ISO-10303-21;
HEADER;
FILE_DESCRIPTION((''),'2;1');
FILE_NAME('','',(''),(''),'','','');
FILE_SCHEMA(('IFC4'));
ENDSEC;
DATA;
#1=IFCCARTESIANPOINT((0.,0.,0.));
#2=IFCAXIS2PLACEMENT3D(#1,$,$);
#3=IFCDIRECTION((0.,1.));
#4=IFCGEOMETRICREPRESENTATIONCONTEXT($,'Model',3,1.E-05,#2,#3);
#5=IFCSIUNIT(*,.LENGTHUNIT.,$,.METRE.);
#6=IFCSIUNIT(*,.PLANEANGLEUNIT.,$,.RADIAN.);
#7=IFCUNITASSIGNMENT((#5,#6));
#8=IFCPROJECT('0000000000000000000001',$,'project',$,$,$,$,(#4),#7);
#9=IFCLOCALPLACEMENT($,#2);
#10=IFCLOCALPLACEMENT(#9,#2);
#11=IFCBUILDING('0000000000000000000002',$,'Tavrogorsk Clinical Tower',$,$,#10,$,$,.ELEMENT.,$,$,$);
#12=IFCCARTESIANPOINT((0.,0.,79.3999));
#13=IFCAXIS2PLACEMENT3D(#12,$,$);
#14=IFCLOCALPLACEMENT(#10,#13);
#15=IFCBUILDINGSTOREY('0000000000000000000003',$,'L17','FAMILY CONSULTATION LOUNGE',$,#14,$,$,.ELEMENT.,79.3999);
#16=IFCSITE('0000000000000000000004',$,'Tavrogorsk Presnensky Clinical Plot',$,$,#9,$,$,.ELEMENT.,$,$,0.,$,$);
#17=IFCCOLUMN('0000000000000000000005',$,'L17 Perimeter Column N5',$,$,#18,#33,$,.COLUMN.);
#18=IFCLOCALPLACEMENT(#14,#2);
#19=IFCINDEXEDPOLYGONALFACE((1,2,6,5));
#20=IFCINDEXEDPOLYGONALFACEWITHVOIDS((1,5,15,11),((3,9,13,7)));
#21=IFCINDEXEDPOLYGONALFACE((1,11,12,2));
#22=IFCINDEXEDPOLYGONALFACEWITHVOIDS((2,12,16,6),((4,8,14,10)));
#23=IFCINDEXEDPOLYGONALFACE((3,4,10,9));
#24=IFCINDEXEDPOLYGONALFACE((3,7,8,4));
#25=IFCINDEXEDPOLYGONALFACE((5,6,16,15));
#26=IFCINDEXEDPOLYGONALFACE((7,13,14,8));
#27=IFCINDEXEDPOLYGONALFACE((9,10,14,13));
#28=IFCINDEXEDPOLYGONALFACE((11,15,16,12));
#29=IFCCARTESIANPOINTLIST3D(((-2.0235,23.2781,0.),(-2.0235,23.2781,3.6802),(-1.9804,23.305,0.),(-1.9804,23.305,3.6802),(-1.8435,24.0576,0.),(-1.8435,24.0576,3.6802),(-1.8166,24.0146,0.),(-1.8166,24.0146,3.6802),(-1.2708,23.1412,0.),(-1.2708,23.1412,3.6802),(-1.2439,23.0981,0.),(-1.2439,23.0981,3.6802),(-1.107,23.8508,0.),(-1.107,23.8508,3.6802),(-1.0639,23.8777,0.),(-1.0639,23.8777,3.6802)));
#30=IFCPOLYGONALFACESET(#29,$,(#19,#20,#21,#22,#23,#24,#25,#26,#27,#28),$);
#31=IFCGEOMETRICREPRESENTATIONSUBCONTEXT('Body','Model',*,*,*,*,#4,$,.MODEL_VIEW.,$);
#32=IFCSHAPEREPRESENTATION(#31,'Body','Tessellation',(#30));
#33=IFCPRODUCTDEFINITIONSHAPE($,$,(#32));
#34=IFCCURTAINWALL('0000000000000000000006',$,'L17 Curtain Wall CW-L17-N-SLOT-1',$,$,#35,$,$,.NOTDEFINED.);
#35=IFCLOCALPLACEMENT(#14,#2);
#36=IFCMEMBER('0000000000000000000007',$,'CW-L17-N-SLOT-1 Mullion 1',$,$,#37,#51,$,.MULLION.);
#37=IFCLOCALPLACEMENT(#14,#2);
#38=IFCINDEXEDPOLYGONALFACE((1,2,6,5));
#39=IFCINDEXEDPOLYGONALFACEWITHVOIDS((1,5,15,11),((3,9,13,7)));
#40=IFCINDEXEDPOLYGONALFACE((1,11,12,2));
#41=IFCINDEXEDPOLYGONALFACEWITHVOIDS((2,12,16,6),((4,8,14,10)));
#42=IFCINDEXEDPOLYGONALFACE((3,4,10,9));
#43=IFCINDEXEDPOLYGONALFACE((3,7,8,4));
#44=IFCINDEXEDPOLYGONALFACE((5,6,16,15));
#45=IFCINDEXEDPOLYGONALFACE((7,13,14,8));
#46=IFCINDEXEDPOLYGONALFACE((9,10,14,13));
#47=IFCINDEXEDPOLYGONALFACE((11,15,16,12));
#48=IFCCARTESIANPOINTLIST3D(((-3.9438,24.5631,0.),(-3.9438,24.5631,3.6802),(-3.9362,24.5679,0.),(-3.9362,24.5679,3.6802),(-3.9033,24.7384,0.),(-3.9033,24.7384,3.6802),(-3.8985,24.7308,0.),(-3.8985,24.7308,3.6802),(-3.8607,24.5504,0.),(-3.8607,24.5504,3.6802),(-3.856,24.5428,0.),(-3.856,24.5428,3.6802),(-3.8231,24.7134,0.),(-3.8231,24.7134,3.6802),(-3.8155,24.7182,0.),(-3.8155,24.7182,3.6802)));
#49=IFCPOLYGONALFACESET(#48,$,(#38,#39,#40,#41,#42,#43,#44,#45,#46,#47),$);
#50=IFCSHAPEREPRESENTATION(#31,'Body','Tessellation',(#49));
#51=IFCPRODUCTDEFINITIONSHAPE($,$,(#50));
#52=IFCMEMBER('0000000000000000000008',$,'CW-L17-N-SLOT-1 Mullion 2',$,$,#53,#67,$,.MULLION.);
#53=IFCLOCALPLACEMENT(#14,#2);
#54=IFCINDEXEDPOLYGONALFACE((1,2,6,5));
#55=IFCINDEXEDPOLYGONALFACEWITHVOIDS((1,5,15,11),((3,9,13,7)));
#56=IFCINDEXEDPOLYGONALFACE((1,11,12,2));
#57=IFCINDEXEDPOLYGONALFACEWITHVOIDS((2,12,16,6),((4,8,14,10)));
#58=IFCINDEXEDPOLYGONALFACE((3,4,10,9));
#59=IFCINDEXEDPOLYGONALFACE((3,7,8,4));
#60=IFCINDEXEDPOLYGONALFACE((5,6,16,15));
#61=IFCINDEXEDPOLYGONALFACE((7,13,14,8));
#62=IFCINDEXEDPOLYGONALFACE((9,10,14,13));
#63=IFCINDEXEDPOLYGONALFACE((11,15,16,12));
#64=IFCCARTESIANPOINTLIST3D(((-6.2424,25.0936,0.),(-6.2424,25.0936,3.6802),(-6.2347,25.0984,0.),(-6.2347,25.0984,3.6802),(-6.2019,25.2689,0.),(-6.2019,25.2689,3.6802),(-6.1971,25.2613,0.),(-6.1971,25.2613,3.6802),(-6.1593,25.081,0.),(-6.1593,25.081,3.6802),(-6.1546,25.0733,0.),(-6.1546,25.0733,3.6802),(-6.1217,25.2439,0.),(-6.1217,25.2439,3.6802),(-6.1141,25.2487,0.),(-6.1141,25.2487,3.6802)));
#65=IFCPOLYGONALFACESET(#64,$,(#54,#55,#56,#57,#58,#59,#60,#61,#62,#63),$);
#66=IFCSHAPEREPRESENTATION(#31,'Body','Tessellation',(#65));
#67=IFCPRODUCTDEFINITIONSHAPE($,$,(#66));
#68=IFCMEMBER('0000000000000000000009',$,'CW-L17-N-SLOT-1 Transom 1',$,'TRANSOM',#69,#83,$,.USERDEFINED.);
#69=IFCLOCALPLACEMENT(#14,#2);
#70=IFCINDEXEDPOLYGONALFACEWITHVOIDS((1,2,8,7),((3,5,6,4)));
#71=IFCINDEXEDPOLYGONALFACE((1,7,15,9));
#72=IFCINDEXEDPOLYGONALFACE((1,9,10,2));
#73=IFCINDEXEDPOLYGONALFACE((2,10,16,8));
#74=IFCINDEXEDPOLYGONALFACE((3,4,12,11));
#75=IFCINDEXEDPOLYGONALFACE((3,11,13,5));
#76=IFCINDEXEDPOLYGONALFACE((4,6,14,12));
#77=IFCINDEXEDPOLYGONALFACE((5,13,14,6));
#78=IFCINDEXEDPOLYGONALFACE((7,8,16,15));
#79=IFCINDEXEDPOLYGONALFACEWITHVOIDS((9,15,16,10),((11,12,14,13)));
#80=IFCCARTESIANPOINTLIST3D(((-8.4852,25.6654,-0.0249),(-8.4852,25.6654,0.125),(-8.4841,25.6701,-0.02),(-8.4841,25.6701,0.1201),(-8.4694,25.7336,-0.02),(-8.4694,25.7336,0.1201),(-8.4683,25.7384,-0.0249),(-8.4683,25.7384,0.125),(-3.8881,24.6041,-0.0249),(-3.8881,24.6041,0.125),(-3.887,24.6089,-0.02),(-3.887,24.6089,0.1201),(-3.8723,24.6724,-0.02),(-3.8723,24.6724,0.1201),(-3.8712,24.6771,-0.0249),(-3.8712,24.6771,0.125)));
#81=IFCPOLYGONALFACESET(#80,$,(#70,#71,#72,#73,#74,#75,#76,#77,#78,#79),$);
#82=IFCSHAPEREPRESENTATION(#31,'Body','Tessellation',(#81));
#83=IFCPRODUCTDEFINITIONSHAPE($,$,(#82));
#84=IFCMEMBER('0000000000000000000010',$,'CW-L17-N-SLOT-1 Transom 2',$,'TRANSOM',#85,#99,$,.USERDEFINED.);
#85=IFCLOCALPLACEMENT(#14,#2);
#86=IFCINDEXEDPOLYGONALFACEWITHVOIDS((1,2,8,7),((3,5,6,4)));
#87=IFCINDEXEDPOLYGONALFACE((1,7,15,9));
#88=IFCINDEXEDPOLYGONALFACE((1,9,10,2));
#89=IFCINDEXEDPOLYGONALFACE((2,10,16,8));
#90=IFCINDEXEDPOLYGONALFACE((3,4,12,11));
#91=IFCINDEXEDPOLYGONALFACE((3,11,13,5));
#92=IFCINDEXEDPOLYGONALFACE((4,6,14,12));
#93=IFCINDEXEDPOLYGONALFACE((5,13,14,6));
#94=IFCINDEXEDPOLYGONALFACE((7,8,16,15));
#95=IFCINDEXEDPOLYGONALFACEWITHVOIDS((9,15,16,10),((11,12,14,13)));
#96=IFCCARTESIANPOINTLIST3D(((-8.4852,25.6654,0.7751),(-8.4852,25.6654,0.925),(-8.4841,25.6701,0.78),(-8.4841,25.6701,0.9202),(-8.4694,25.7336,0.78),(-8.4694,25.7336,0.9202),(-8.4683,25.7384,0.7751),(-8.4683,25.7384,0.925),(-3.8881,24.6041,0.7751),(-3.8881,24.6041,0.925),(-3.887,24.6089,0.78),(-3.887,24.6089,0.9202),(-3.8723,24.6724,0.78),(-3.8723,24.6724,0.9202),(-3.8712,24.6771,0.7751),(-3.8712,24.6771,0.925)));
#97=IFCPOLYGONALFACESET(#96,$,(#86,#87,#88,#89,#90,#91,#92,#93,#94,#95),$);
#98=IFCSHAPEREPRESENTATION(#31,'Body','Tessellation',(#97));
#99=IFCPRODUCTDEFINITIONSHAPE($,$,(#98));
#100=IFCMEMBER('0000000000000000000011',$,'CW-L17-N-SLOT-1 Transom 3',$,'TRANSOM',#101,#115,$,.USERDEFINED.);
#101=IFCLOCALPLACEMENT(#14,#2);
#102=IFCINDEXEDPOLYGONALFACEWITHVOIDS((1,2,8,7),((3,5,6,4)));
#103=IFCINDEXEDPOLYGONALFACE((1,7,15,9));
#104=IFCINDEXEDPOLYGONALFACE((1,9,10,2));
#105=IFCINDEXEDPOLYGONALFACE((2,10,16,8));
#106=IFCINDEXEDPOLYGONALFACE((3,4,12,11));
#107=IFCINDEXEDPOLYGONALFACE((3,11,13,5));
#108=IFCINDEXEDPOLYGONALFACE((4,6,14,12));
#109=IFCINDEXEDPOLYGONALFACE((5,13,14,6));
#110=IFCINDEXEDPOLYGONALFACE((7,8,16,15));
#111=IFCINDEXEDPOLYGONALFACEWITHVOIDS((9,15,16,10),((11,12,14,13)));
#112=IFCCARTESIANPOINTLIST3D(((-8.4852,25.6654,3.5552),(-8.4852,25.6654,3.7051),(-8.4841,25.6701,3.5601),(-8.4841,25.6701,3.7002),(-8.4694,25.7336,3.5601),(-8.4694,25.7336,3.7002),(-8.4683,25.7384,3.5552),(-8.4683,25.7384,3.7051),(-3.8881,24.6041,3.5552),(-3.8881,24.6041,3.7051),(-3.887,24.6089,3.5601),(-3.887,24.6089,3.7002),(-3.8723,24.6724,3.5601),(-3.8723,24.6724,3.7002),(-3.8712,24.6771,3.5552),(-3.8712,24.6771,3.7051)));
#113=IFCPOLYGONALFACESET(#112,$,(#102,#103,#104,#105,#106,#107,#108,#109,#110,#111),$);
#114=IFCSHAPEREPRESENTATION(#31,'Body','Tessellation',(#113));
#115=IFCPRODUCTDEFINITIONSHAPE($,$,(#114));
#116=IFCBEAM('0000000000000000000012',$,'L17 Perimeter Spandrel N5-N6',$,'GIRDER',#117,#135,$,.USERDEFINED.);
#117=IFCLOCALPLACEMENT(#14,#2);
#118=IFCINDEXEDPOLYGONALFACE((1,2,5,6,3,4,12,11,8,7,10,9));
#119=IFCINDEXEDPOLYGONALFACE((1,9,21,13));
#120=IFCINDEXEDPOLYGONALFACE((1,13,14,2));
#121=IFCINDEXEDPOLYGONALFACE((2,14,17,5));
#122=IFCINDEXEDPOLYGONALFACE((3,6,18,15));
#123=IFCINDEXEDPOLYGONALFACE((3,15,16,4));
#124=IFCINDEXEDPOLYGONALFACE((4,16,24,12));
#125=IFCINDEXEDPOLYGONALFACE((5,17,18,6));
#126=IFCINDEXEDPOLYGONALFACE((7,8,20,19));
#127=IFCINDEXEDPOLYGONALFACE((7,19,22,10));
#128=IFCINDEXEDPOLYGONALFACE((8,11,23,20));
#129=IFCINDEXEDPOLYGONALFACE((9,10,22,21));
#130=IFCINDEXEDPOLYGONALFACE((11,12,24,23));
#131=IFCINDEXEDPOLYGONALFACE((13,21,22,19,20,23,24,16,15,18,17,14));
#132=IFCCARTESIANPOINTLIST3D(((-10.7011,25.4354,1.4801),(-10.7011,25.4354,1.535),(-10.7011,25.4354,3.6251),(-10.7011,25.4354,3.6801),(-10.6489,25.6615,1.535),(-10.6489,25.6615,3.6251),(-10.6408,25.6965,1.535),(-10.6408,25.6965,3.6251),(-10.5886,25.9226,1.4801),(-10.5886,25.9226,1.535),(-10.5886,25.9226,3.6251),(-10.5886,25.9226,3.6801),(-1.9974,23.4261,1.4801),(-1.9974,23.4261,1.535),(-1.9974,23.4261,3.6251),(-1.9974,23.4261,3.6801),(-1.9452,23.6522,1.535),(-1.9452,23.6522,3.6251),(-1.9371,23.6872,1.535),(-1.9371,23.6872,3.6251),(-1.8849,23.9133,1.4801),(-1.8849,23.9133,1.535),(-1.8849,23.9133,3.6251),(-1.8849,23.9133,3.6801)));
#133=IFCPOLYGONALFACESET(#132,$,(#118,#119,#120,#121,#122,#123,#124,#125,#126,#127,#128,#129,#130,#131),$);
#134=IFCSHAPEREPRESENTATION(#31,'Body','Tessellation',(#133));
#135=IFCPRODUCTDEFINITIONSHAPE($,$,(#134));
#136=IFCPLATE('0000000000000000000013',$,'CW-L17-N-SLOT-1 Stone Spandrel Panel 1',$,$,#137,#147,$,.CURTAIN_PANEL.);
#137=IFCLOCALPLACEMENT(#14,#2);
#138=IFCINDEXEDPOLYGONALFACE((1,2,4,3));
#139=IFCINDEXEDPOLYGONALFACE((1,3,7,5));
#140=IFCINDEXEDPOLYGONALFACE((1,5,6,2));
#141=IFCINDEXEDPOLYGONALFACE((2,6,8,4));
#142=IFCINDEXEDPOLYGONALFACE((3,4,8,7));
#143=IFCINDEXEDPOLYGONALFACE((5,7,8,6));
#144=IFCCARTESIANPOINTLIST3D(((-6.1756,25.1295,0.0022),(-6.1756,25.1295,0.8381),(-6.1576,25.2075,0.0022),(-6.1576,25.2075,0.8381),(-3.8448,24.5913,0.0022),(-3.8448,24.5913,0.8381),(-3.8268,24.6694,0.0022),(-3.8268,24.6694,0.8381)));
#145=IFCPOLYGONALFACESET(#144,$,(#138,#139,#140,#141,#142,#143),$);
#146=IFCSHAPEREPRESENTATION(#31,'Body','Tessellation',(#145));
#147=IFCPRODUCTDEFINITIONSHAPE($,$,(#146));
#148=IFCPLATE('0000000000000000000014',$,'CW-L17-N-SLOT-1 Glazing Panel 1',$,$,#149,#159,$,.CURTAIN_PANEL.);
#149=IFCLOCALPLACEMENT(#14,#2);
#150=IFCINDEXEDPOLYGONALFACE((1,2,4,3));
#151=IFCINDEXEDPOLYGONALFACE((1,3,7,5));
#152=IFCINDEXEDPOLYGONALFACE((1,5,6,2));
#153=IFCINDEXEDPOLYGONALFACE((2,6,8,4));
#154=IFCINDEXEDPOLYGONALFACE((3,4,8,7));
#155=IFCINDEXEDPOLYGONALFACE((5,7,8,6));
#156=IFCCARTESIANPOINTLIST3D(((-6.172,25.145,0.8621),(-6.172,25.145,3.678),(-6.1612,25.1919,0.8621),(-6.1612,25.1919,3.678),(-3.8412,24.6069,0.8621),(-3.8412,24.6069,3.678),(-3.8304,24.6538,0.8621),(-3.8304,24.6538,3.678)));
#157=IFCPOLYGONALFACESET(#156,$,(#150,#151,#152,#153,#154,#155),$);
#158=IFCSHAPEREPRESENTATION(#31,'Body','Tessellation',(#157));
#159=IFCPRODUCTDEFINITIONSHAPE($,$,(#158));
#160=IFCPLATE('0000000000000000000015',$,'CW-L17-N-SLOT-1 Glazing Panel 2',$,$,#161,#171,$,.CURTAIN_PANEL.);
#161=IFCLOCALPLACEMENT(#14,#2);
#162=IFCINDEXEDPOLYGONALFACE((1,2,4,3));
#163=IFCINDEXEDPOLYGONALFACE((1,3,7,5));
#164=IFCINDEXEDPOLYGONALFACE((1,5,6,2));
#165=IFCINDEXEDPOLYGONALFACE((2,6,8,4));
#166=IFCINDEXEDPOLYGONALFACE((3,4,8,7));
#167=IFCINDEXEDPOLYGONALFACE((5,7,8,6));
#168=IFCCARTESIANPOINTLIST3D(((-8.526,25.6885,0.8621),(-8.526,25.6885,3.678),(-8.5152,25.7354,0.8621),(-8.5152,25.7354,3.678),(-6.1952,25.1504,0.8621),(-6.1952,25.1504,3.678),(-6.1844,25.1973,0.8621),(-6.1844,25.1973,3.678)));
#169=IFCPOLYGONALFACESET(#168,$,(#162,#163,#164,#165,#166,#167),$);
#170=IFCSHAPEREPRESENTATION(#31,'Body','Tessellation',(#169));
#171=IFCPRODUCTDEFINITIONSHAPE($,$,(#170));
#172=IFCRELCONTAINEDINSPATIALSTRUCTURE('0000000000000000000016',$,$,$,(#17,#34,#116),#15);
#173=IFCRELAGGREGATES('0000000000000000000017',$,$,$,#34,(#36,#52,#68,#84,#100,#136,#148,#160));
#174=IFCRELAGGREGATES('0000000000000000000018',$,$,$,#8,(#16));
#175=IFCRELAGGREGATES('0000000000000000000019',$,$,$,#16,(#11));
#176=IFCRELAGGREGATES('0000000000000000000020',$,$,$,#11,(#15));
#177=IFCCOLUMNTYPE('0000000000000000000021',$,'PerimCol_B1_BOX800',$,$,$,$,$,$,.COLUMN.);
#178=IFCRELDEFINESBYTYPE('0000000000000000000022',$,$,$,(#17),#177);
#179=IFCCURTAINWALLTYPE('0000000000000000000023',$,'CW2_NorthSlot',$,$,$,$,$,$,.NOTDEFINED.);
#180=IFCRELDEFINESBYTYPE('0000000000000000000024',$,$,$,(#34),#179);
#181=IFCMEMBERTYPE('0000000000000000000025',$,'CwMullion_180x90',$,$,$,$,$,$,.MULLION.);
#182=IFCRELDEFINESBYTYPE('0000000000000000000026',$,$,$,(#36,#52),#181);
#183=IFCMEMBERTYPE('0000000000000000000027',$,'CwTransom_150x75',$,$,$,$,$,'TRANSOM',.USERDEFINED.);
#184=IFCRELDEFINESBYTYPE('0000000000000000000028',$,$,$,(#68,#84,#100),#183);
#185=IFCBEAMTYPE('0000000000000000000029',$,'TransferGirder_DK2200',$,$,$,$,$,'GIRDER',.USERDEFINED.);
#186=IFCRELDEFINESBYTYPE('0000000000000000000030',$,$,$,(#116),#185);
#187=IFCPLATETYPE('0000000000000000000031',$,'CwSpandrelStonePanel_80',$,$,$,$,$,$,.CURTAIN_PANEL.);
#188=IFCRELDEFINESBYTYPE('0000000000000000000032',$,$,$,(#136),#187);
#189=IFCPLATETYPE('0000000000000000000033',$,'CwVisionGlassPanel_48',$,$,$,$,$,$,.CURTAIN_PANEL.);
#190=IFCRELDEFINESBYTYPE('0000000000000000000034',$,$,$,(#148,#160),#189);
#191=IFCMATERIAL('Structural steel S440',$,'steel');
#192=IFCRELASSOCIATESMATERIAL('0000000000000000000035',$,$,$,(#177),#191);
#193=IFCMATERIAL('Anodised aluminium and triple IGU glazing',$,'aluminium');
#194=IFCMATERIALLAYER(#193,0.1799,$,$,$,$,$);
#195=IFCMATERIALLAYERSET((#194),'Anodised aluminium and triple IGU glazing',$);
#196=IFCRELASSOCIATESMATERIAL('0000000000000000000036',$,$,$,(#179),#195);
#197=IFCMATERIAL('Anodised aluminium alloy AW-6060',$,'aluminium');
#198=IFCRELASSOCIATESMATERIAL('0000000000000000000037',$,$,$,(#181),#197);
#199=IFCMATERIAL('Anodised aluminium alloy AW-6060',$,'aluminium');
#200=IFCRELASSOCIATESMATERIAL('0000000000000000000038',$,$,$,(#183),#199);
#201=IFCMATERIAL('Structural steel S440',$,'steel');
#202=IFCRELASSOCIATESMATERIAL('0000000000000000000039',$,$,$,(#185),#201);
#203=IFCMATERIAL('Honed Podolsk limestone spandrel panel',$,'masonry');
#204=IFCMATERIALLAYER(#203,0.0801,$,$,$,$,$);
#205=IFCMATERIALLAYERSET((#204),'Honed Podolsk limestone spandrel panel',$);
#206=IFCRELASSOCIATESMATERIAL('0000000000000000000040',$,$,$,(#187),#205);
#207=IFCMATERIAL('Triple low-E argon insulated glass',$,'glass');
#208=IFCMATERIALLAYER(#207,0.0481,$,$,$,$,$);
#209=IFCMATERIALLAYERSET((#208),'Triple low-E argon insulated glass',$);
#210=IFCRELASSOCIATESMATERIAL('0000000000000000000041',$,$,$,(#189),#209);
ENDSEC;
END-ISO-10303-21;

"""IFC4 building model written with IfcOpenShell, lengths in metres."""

from ifc_helpers import new_model, si_unit, direction, frame, origin, origin_2d, place, context, subcontext, project, spatial, rectangle, hollow_rectangle, i_section, extrude, material, layer, layer_set, material_profile, profile_set, type_object, element, aggregate, save


model = new_model("IFC4")

# Units and contexts
model_context = context("Model", 3, precision=1e-05, world=origin(), true_north=direction((0.0, 1.0)))
body_context = subcontext(model_context, "Body", "Model", "MODEL_VIEW")
ifc_project = project(units=[si_unit("LENGTHUNIT", "METRE"), si_unit("PLANEANGLEUNIT", "RADIAN")], contexts=[model_context])

# Site, building, storey
site_placement = place(None, origin())
site = spatial("IfcSite", under=ifc_project, at=site_placement, Name="Tavrogorsk Presnensky Clinical Plot", CompositionType="ELEMENT", RefElevation=0.0)
building_placement = place(site_placement, origin())
building = spatial("IfcBuilding", under=site, at=building_placement, Name="Tavrogorsk Clinical Tower", CompositionType="ELEMENT")
storey_placement = place(building_placement, frame((0.0, 0.0, 79.3999)))
storey = spatial("IfcBuildingStorey", under=building, at=storey_placement, Name="L17", Description="FAMILY CONSULTATION LOUNGE", CompositionType="ELEMENT", Elevation=79.3999)

# Column
ifc_material_1 = material(Name="Structural steel S440", Category="steel")
ifc_material_profile_1 = material_profile(ifc_material_1, hollow_rectangle(XDim=0.8, YDim=0.8, WallThickness=0.0359, at=origin_2d()), Name="BOX-800x800x36")
ifc_profile_set_1 = profile_set([ifc_material_profile_1], Name="Structural steel S440")
column_type = type_object("IfcColumnType", Name="PerimCol_B1_BOX800", PredefinedType="COLUMN", material=ifc_profile_set_1)
column_placement = place(storey_placement, frame((-1.5437, 23.5779, 0.0), z_axis=(0.0, 0.0, 1.0), x_axis=(0.97437, -0.224951, 0.0)))
element("IfcColumn", 1, at=column_placement, inside=storey, type_object=column_type, Name="L17 Perimeter Column N5", PredefinedType="COLUMN", context=body_context, shape_type="SweptSolid", body=[
    extrude(hollow_rectangle(XDim=0.8, YDim=0.8, WallThickness=0.0359, at=origin_2d()), origin(), (0.0, 0.0, 1.0), 3.6802),
])

# Curtain wall, members
ifc_material_2 = material(Name="Anodised aluminium and triple IGU glazing", Category="aluminium")
ifc_layer_1 = layer(ifc_material_2, 0.1799)
ifc_layer_set_1 = layer_set([ifc_layer_1], Name="Anodised aluminium and triple IGU glazing")
curtain_wall_type = type_object("IfcCurtainWallType", Name="CW2_NorthSlot", PredefinedType="NOTDEFINED", material=ifc_layer_set_1)
curtain_wall_placement = place(storey_placement, origin())
curtain_wall = element("IfcCurtainWall", 2, at=curtain_wall_placement, inside=storey, type_object=curtain_wall_type, Name="L17 Curtain Wall CW-L17-N-SLOT-1", PredefinedType="NOTDEFINED")
ifc_material_3 = material(Name="Anodised aluminium alloy AW-6060", Category="aluminium")
ifc_material_profile_2 = material_profile(ifc_material_3, hollow_rectangle(XDim=0.0901, YDim=0.1799, WallThickness=0.0063, at=origin_2d()), Name="RHS-180x90x6.3")
ifc_profile_set_2 = profile_set([ifc_material_profile_2], Name="Anodised aluminium alloy AW-6060")
member_type_1 = type_object("IfcMemberType", Name="CwMullion_180x90", PredefinedType="MULLION", material=ifc_profile_set_2)
member_1_placement = place(storey_placement, frame((-3.8796, 24.6406, 0.0), z_axis=(0.0, 0.0, 1.0), x_axis=(-0.97437, 0.224951, 0.0)))
member_1 = element("IfcMember", 3, at=member_1_placement, type_object=member_type_1, Name="CW-L17-N-SLOT-1 Mullion 1", PredefinedType="MULLION", context=body_context, shape_type="SweptSolid", body=[
    extrude(hollow_rectangle(XDim=0.0901, YDim=0.1799, WallThickness=0.0063, at=origin_2d()), origin(), (0.0, 0.0, 1.0), 3.6802),
])
member_2_placement = place(storey_placement, frame((-6.1782, 25.1711, 0.0), z_axis=(0.0, 0.0, 1.0), x_axis=(-0.97437, 0.224951, 0.0)))
member_2 = element("IfcMember", 4, at=member_2_placement, type_object=member_type_1, Name="CW-L17-N-SLOT-1 Mullion 2", PredefinedType="MULLION", context=body_context, shape_type="SweptSolid", body=[
    extrude(hollow_rectangle(XDim=0.0901, YDim=0.1799, WallThickness=0.0063, at=origin_2d()), origin(), (0.0, 0.0, 1.0), 3.6802),
])
ifc_material_4 = material(Name="Anodised aluminium alloy AW-6060", Category="aluminium")
ifc_material_profile_3 = material_profile(ifc_material_4, hollow_rectangle(XDim=0.075, YDim=0.1499, WallThickness=0.0049, at=origin_2d()), Name="RHS-150x75x5")
ifc_profile_set_3 = profile_set([ifc_material_profile_3], Name="Anodised aluminium alloy AW-6060")
member_type_2 = type_object("IfcMemberType", Name="CwTransom_150x75", ElementType="TRANSOM", PredefinedType="USERDEFINED", material=ifc_profile_set_3)
member_3_placement = place(storey_placement, frame((-3.8796, 24.6406, 0.05), z_axis=(-0.974373, 0.224939, 0.0), x_axis=(-0.224939, -0.974373, 0.0)))
member_3 = element("IfcMember", 5, at=member_3_placement, type_object=member_type_2, Name="CW-L17-N-SLOT-1 Transom 1", ObjectType="TRANSOM", PredefinedType="USERDEFINED", context=body_context, shape_type="SweptSolid", body=[
    extrude(hollow_rectangle(XDim=0.075, YDim=0.1499, WallThickness=0.0049, at=origin_2d()), origin(), (0.0, 0.0, 1.0), 4.718),
])
member_4_placement = place(storey_placement, frame((-3.8796, 24.6406, 0.8501), z_axis=(-0.974373, 0.224939, 0.0), x_axis=(-0.224939, -0.974373, 0.0)))
member_4 = element("IfcMember", 6, at=member_4_placement, type_object=member_type_2, Name="CW-L17-N-SLOT-1 Transom 2", ObjectType="TRANSOM", PredefinedType="USERDEFINED", context=body_context, shape_type="SweptSolid", body=[
    extrude(hollow_rectangle(XDim=0.075, YDim=0.1499, WallThickness=0.0049, at=origin_2d()), origin(), (0.0, 0.0, 1.0), 4.718),
])
member_5_placement = place(storey_placement, frame((-3.8796, 24.6406, 3.6301), z_axis=(-0.974373, 0.224939, 0.0), x_axis=(-0.224939, -0.974373, 0.0)))
member_5 = element("IfcMember", 7, at=member_5_placement, type_object=member_type_2, Name="CW-L17-N-SLOT-1 Transom 3", ObjectType="TRANSOM", PredefinedType="USERDEFINED", context=body_context, shape_type="SweptSolid", body=[
    extrude(hollow_rectangle(XDim=0.075, YDim=0.1499, WallThickness=0.0049, at=origin_2d()), origin(), (0.0, 0.0, 1.0), 4.718),
])

# Beam
ifc_material_5 = material(Name="Structural steel S440", Category="steel")
ifc_material_profile_4 = material_profile(ifc_material_5, i_section(OverallWidth=0.5, OverallDepth=2.2, WebThickness=0.0359, FlangeThickness=0.0549, at=origin_2d()), Name="DK-2200x500x36x55")
ifc_profile_set_4 = profile_set([ifc_material_profile_4], Name="Structural steel S440")
beam_type = type_object("IfcBeamType", Name="TransferGirder_DK2200", ElementType="GIRDER", PredefinedType="USERDEFINED", material=ifc_profile_set_4)
beam_placement = place(storey_placement, frame((-1.9412, 23.6697, 2.5801), z_axis=(-0.974373, 0.224939, 0.0), x_axis=(-0.224939, -0.974373, 0.0)))
element("IfcBeam", 8, at=beam_placement, inside=storey, type_object=beam_type, Name="L17 Perimeter Spandrel N5-N6", ObjectType="GIRDER", PredefinedType="USERDEFINED", context=body_context, shape_type="SweptSolid", body=[
    extrude(i_section(OverallWidth=0.5, OverallDepth=2.2, WebThickness=0.0359, FlangeThickness=0.0549, at=origin_2d()), origin(), (0.0, 0.0, 1.0), 8.9326),
])

# Plates
ifc_material_6 = material(Name="Honed Podolsk limestone spandrel panel", Category="masonry")
ifc_layer_2 = layer(ifc_material_6, 0.0801)
ifc_layer_set_2 = layer_set([ifc_layer_2], Name="Honed Podolsk limestone spandrel panel")
plate_type_1 = type_object("IfcPlateType", Name="CwSpandrelStonePanel_80", PredefinedType="CURTAIN_PANEL", material=ifc_layer_set_2)
plate_1_placement = place(storey_placement, frame((-5.0012, 24.8994, 0.0022), z_axis=(0.0, 0.0, 1.0), x_axis=(-0.97437, 0.224951, 0.0)))
plate_1 = element("IfcPlate", 9, at=plate_1_placement, type_object=plate_type_1, Name="CW-L17-N-SLOT-1 Stone Spandrel Panel 1", PredefinedType="CURTAIN_PANEL", context=body_context, shape_type="SweptSolid", body=[
    extrude(rectangle(XDim=2.3921, YDim=0.0801, at=origin_2d()), origin(), (0.0, 0.0, 1.0), 0.8359),
])
ifc_material_7 = material(Name="Triple low-E argon insulated glass", Category="glass")
ifc_layer_3 = layer(ifc_material_7, 0.0481)
ifc_layer_set_3 = layer_set([ifc_layer_3], Name="Triple low-E argon insulated glass")
plate_type_2 = type_object("IfcPlateType", Name="CwVisionGlassPanel_48", PredefinedType="CURTAIN_PANEL", material=ifc_layer_set_3)
plate_2_placement = place(storey_placement, frame((-5.0012, 24.8994, 0.8621), z_axis=(0.0, 0.0, 1.0), x_axis=(-0.97437, 0.224951, 0.0)))
plate_2 = element("IfcPlate", 10, at=plate_2_placement, type_object=plate_type_2, Name="CW-L17-N-SLOT-1 Glazing Panel 1", PredefinedType="CURTAIN_PANEL", context=body_context, shape_type="SweptSolid", body=[
    extrude(rectangle(XDim=2.3921, YDim=0.0481, at=origin_2d()), origin(), (0.0, 0.0, 1.0), 2.8159),
])
plate_3_placement = place(storey_placement, frame((-7.3552, 25.4429, 0.8621), z_axis=(0.0, 0.0, 1.0), x_axis=(-0.97437, 0.224951, 0.0)))
plate_3 = element("IfcPlate", 11, at=plate_3_placement, type_object=plate_type_2, Name="CW-L17-N-SLOT-1 Glazing Panel 2", PredefinedType="CURTAIN_PANEL", context=body_context, shape_type="SweptSolid", body=[
    extrude(rectangle(XDim=2.3921, YDim=0.0481, at=origin_2d()), origin(), (0.0, 0.0, 1.0), 2.8159),
])
aggregate(curtain_wall, [member_1, member_2, member_3, member_4, member_5, plate_1, plate_2, plate_3])

save(model, "model.ifc")
